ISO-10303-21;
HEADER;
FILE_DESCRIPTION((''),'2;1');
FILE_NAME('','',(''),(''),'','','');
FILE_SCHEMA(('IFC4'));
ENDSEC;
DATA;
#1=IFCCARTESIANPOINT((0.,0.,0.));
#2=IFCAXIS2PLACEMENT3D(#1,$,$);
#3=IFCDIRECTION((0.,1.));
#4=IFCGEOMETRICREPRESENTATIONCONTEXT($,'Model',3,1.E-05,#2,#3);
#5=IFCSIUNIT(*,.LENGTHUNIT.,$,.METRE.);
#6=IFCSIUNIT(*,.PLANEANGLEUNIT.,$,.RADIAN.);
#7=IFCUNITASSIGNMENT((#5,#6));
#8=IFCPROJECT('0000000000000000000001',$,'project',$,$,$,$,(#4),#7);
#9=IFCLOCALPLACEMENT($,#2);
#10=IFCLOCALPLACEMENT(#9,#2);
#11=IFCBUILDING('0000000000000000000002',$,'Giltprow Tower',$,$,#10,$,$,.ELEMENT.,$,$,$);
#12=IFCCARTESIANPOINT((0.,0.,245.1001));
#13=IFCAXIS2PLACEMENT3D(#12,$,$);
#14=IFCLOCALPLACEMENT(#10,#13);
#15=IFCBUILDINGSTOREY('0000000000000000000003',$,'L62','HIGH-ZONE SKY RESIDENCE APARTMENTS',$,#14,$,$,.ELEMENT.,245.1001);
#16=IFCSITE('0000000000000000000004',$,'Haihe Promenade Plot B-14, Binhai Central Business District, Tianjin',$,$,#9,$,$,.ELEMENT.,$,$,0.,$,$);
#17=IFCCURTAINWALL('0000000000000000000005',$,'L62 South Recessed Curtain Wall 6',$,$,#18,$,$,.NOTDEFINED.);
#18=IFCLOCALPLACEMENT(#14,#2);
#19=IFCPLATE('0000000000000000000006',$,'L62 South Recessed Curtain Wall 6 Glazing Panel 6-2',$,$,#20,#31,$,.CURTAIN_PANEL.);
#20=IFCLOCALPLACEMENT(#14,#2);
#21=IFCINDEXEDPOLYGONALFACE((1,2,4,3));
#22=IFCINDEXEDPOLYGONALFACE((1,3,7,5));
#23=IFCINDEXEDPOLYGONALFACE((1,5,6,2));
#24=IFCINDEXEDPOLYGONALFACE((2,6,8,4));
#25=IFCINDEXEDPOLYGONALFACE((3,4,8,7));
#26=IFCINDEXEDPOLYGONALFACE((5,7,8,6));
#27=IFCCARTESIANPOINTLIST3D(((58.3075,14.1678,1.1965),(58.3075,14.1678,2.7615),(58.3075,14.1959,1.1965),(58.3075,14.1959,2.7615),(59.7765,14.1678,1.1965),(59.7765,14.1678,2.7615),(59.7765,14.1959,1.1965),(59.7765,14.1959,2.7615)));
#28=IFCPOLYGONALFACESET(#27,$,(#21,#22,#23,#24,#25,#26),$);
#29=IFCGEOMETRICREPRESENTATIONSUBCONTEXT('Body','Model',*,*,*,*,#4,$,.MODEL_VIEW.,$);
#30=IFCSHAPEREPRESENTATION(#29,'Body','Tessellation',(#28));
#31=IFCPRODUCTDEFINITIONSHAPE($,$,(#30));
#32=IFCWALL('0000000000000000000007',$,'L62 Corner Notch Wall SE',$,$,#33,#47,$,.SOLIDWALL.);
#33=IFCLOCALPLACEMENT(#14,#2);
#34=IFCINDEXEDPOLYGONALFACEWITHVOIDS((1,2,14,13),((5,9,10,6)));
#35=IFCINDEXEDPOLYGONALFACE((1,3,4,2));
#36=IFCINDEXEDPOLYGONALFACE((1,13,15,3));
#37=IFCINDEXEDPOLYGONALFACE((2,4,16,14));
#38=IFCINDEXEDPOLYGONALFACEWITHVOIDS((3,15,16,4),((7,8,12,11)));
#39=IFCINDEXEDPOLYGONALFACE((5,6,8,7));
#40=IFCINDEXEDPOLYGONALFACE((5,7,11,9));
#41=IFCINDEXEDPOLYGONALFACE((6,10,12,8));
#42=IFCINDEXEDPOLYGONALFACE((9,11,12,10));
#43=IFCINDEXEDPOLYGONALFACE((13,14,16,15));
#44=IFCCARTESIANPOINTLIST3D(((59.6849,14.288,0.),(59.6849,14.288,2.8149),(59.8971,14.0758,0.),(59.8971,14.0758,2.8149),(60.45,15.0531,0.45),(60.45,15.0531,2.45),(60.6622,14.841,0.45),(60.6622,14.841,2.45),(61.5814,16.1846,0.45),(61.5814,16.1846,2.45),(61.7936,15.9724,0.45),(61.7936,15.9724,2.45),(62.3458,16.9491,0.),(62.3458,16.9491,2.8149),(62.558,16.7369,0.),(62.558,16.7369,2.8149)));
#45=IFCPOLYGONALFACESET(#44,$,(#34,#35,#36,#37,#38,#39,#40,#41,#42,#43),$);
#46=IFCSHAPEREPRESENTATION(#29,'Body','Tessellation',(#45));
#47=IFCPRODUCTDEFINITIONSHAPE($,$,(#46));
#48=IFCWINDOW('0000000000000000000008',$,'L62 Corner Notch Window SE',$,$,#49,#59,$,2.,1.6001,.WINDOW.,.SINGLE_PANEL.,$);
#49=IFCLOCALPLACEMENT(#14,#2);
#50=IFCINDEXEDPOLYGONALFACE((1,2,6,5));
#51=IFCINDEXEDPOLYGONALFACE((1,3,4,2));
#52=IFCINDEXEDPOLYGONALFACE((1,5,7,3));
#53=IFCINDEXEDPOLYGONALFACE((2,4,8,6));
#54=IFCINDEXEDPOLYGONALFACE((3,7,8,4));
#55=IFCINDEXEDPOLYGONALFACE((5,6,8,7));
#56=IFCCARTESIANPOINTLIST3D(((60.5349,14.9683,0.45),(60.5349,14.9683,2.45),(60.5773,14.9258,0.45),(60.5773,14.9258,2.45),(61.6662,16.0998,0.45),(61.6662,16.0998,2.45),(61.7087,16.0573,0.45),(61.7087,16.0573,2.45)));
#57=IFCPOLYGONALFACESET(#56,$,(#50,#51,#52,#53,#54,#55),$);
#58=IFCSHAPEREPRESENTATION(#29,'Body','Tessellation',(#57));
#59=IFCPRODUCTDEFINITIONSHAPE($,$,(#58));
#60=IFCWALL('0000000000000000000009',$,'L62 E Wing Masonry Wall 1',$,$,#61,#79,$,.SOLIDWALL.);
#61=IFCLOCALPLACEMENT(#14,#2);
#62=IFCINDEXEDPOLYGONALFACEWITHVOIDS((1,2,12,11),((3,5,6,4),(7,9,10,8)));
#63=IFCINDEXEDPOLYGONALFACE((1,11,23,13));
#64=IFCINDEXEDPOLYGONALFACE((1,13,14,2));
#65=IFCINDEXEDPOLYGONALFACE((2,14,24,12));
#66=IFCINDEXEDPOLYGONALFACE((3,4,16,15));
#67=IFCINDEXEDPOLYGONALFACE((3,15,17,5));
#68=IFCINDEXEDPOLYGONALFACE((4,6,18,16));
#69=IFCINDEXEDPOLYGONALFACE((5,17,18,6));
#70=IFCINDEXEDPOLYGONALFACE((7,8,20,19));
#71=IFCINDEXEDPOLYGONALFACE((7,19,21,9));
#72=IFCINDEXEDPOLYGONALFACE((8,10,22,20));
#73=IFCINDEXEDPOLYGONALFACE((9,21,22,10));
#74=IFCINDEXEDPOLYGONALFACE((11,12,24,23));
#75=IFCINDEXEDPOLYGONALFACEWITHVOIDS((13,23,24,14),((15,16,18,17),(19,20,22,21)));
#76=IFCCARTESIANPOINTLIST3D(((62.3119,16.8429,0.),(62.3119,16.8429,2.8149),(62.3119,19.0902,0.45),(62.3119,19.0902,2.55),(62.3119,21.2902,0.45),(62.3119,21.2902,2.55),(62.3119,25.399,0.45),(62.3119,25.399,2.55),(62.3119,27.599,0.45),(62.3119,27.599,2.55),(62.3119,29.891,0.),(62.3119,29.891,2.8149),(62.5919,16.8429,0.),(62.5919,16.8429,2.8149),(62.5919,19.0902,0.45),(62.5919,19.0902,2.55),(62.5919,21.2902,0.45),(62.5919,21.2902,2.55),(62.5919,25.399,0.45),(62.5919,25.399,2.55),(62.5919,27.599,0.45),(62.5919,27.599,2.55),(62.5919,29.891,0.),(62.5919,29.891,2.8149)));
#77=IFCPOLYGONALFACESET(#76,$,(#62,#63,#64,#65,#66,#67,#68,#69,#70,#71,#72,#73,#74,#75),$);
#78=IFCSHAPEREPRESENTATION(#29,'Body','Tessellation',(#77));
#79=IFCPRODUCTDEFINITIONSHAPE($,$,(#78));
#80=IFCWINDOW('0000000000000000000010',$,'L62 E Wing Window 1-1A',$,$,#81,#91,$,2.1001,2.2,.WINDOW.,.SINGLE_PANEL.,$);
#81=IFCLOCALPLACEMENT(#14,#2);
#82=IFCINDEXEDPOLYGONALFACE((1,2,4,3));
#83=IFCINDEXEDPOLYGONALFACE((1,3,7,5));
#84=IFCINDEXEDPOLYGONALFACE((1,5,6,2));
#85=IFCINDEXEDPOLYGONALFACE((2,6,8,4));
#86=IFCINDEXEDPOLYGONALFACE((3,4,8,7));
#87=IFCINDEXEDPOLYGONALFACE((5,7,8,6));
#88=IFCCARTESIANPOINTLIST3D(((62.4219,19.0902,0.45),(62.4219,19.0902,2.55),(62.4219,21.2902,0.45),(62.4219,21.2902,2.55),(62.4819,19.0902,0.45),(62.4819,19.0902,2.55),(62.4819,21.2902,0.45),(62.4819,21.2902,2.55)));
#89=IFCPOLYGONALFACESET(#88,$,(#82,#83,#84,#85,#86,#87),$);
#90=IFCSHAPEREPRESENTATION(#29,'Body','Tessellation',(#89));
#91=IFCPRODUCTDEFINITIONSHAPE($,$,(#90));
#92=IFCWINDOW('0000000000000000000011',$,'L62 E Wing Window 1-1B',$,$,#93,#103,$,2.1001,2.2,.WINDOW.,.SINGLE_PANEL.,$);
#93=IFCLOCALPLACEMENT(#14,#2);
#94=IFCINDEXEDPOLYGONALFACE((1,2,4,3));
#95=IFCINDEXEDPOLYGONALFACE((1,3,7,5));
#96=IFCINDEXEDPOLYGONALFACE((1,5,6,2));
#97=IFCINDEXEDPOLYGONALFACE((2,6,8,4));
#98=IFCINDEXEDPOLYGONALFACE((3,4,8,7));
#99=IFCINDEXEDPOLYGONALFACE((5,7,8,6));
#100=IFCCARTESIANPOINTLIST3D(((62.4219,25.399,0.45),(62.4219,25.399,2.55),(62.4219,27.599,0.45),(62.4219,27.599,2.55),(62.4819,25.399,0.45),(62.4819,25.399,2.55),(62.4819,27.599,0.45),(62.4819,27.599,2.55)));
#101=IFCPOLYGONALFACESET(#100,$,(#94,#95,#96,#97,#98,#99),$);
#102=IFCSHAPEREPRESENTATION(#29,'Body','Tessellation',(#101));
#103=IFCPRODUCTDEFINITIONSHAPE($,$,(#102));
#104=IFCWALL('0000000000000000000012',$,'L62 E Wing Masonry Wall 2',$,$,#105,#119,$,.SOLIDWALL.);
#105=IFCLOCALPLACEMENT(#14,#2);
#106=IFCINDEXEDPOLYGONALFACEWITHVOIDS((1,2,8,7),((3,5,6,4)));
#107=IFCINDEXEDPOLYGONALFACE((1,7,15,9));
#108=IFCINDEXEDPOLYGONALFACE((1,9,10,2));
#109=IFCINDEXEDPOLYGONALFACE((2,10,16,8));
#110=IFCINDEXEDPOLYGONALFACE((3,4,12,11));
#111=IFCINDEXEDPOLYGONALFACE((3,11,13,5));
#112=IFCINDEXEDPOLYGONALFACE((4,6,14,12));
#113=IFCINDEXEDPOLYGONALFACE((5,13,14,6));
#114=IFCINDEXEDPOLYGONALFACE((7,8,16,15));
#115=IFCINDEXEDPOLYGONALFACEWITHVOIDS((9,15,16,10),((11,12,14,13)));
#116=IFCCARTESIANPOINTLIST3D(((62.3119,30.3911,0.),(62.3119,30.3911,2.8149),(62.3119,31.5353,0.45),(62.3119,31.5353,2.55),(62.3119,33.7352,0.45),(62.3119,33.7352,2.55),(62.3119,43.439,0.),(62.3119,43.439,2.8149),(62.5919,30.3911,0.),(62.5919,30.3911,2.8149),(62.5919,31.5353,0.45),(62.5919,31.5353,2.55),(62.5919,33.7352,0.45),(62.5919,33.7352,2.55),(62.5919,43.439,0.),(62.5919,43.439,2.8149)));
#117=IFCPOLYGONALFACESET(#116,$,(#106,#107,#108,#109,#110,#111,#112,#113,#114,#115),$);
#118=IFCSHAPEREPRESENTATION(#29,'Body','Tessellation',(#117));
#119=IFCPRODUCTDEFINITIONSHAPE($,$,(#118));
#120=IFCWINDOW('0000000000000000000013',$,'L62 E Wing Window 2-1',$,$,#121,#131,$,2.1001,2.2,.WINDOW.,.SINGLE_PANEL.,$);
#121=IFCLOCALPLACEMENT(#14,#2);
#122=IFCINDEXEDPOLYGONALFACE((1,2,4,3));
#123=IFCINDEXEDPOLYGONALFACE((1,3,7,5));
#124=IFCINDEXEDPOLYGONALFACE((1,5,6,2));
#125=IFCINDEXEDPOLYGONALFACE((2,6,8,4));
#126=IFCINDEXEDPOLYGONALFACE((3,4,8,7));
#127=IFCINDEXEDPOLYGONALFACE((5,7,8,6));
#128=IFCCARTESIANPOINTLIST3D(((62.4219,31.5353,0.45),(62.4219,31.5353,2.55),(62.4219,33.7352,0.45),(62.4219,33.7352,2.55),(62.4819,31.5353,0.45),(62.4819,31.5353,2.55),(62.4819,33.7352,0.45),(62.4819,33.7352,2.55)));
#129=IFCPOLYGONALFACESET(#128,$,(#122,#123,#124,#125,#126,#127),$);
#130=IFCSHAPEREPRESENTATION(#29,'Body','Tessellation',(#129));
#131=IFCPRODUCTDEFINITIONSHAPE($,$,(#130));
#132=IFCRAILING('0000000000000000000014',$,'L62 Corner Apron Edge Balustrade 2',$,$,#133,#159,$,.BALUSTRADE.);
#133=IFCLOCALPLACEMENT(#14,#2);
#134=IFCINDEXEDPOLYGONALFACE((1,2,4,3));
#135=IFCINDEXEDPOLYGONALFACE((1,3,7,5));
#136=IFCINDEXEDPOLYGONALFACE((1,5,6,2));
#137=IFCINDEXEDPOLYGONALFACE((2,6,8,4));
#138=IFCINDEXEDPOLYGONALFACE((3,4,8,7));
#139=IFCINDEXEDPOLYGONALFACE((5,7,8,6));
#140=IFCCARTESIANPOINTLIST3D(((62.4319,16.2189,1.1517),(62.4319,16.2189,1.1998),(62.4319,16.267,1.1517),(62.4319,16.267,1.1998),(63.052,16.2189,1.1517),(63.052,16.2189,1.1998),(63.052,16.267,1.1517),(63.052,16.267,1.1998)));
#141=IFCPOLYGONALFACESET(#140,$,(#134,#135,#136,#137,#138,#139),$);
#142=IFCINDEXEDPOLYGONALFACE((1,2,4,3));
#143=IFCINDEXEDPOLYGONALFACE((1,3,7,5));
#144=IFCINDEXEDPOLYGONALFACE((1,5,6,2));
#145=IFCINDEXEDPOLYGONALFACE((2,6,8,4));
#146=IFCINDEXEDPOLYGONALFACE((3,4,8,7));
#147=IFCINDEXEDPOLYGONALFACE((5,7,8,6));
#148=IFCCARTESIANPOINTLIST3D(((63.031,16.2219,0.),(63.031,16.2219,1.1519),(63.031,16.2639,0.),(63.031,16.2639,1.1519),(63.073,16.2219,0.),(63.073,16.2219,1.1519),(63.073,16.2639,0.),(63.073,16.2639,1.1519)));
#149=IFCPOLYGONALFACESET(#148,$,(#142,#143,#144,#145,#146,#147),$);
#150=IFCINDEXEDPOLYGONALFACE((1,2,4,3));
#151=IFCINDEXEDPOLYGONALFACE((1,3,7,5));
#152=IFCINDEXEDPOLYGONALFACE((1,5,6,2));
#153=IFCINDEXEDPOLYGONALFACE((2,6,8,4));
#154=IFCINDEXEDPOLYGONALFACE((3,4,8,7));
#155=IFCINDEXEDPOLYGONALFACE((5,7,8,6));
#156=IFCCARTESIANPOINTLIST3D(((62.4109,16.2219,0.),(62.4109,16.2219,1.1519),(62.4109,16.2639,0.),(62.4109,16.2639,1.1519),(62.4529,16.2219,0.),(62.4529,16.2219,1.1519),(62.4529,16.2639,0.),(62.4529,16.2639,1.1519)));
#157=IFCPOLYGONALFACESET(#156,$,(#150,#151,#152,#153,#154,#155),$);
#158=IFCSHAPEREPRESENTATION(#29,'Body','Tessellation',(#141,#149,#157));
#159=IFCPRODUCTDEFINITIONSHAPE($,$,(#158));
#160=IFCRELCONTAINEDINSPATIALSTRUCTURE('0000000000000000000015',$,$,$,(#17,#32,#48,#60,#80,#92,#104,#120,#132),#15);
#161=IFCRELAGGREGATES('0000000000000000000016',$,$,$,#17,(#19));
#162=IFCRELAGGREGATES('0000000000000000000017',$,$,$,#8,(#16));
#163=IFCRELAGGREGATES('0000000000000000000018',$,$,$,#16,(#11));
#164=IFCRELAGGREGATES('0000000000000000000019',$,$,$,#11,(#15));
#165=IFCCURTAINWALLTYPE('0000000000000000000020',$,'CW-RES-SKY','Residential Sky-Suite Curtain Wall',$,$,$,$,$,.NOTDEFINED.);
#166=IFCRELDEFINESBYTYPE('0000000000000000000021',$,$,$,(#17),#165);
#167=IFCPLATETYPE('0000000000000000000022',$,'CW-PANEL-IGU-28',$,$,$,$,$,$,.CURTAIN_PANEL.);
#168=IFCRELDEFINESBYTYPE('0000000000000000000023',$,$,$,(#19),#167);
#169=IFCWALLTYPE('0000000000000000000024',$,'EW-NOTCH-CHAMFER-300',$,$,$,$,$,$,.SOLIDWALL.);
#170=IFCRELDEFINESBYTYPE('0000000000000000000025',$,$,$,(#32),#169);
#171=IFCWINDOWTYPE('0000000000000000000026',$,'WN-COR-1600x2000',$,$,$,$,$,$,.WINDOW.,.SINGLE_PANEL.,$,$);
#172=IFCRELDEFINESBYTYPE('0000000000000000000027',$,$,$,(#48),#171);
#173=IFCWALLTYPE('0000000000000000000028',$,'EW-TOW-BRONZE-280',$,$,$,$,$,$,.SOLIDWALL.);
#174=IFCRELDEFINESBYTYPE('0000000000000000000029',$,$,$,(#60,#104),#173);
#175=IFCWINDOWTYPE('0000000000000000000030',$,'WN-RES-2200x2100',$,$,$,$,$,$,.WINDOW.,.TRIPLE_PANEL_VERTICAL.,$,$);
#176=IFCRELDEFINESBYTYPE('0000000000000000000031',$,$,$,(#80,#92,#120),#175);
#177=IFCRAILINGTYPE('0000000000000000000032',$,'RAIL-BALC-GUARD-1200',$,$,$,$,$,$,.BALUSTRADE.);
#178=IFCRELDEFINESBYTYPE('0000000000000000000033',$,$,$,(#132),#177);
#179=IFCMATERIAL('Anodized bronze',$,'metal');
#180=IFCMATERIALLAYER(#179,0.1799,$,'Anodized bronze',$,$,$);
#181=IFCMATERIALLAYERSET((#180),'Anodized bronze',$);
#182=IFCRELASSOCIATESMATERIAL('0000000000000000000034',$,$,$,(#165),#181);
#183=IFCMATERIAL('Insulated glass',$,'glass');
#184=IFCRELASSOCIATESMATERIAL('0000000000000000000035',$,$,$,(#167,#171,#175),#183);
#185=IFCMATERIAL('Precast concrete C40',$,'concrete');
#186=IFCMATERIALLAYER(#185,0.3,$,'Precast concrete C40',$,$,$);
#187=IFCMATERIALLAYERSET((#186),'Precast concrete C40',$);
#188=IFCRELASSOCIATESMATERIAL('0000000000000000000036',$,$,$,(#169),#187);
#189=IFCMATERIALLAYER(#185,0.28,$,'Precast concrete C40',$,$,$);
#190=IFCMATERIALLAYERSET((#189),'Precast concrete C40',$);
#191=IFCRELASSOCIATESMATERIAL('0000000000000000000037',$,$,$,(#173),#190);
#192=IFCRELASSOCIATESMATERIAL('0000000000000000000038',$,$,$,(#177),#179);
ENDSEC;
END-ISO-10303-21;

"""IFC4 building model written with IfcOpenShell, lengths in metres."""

from ifc_helpers import new_model, si_unit, direction, frame, frame_2d, origin, origin_2d, place, context, subcontext, project, spatial, rectangle, extrude, source, transform, mapped, material, layer, layer_set, type_object, element, fill, aggregate, save


model = new_model("IFC4")

# Units and contexts
model_context = context("Model", 3, precision=1e-05, world=origin(), true_north=direction((0.0, 1.0)))
body_context = subcontext(model_context, "Body", "Model", "MODEL_VIEW")
ifc_project = project(units=[si_unit("LENGTHUNIT", "METRE"), si_unit("PLANEANGLEUNIT", "RADIAN")], contexts=[model_context])

# Site, building, storey
site_placement = place(None, origin())
site = spatial("IfcSite", under=ifc_project, at=site_placement, Name="Haihe Promenade Plot B-14, Binhai Central Business District, Tianjin", CompositionType="ELEMENT", RefElevation=0.0)
building_placement = place(site_placement, origin())
building = spatial("IfcBuilding", under=site, at=building_placement, Name="Giltprow Tower", CompositionType="ELEMENT")
storey_placement = place(building_placement, frame((0.0, 0.0, 245.1001)))
storey = spatial("IfcBuildingStorey", under=building, at=storey_placement, Name="L62", Description="HIGH-ZONE SKY RESIDENCE APARTMENTS", CompositionType="ELEMENT", Elevation=245.1001)

# Curtain wall
ifc_material_1 = material(Name="Anodized bronze", Category="metal")
ifc_layer_1 = layer(ifc_material_1, 0.1799, Name="Anodized bronze")
ifc_layer_set_1 = layer_set([ifc_layer_1], Name="Anodized bronze")
curtain_wall_type = type_object("IfcCurtainWallType", Name="CW-RES-SKY", Description="Residential Sky-Suite Curtain Wall", PredefinedType="NOTDEFINED", material=ifc_layer_set_1)
curtain_wall_placement = place(storey_placement, origin())
curtain_wall = element("IfcCurtainWall", 1, at=curtain_wall_placement, inside=storey, type_object=curtain_wall_type, Name="L62 South Recessed Curtain Wall 6", PredefinedType="NOTDEFINED")

# Plate
ifc_material_2 = material(Name="Insulated glass", Category="glass")
plate_type_1 = type_object("IfcPlateType", Name="CW-PANEL-IGU-28", PredefinedType="CURTAIN_PANEL", material=ifc_material_2)
shared_shape_1 = source(origin(), body_context, "Body", "SweptSolid", [
    extrude(rectangle(XDim=1.469, YDim=0.0281, at=origin_2d()), origin(), (0.0, 0.0, 1.0), 1.5649),
])
plate_1_placement = place(storey_placement, frame((59.042, 14.1819, 1.1965), z_axis=(0.0, 0.0, 1.0), x_axis=(1.0, 0.0, 0.0)))
plate_1 = element("IfcPlate", 2, at=plate_1_placement, type_object=plate_type_1, Name="L62 South Recessed Curtain Wall 6 Glazing Panel 6-2", PredefinedType="CURTAIN_PANEL", context=body_context, shape_type="MappedRepresentation", body=[
    mapped(shared_shape_1, transform((0.0, 0.0, 0.0), x_axis=(1.0, 0.0, 0.0), y_axis=(0.0, 1.0, 0.0), z_axis=(0.0, 0.0, 1.0), scale=1.0)),
])
aggregate(curtain_wall, [plate_1])

# Wall, opening, window
ifc_material_3 = material(Name="Precast concrete C40", Category="concrete")
ifc_layer_2 = layer(ifc_material_3, 0.3, Name="Precast concrete C40")
ifc_layer_set_2 = layer_set([ifc_layer_2], Name="Precast concrete C40")
wall_type_1 = type_object("IfcWallType", Name="EW-NOTCH-CHAMFER-300", PredefinedType="SOLIDWALL", material=ifc_layer_set_2)
wall_1_placement = place(storey_placement, frame((59.791, 14.1819, 0.0), z_axis=(0.0, 0.0, 1.0), x_axis=(0.707074, 0.707139, 0.0)))
wall_1 = element("IfcWall", 3, at=wall_1_placement, inside=storey, type_object=wall_type_1, Name="L62 Corner Notch Wall SE", PredefinedType="SOLIDWALL", context=body_context, shape_type="SweptSolid", body=[
    extrude(rectangle(XDim=3.7632, YDim=0.3, at=frame_2d((1.8816, 0.0))), origin(), (0.0, 0.0, 1.0), 2.8149),
])
opening_1_placement = place(wall_1_placement, frame((1.082, 0.0, 0.45)))
opening_1 = element("IfcOpeningElement", 4, at=opening_1_placement, cuts=wall_1, PredefinedType="OPENING", context=body_context, shape_type="SweptSolid", body=[
    extrude(rectangle(XDim=1.6001, YDim=2.0, at=frame_2d((0.8, 1.0))), frame((0.0, 0.1599, 0.0), z_axis=(0.0, -1.0, 0.0), x_axis=(1.0, 0.0, 0.0)), (0.0, 0.0, 1.0), 0.3201),
])
window_type_1 = type_object("IfcWindowType", Name="WN-COR-1600x2000", PartitioningType="SINGLE_PANEL", PredefinedType="WINDOW", material=ifc_material_2)
shared_shape_2 = source(origin(), body_context, "Body", "SweptSolid", [
    extrude(rectangle(XDim=1.6001, YDim=2.0, at=frame_2d((0.8, 1.0))), frame((0.0, 0.03, 0.0), z_axis=(0.0, -1.0, 0.0), x_axis=(1.0, 0.0, 0.0)), (0.0, 0.0, 1.0), 0.0601),
])
window_1_placement = place(opening_1_placement, origin())
window_1 = element("IfcWindow", 5, at=window_1_placement, inside=storey, type_object=window_type_1, Name="L62 Corner Notch Window SE", OverallHeight=2.0, OverallWidth=1.6001, PartitioningType="SINGLE_PANEL", PredefinedType="WINDOW", context=body_context, shape_type="MappedRepresentation", body=[
    mapped(shared_shape_2, transform((0.0, 0.0, 0.0), x_axis=(1.0, 0.0, 0.0), y_axis=(0.0, 1.0, 0.0), z_axis=(0.0, 0.0, 1.0), scale=1.0)),
])
fill(opening_1, window_1)

# Wall, openings, windows
ifc_layer_3 = layer(ifc_material_3, 0.28, Name="Precast concrete C40")
ifc_layer_set_3 = layer_set([ifc_layer_3], Name="Precast concrete C40")
wall_type_2 = type_object("IfcWallType", Name="EW-TOW-BRONZE-280", PredefinedType="SOLIDWALL", material=ifc_layer_set_3)
wall_2_placement = place(storey_placement, frame((62.4519, 16.843, 0.0), z_axis=(0.0, 0.0, 1.0), x_axis=(0.0, 1.0, 0.0)))
wall_2 = element("IfcWall", 6, at=wall_2_placement, inside=storey, type_object=wall_type_2, Name="L62 E Wing Masonry Wall 1", PredefinedType="SOLIDWALL", context=body_context, shape_type="SweptSolid", body=[
    extrude(rectangle(XDim=13.0481, YDim=0.28, at=frame_2d((6.5239, 0.0))), origin(), (0.0, 0.0, 1.0), 2.8149),
])
opening_2_placement = place(wall_2_placement, frame((2.2471, 0.0, 0.45)))
opening_2 = element("IfcOpeningElement", 7, at=opening_2_placement, cuts=wall_2, PredefinedType="OPENING", context=body_context, shape_type="SweptSolid", body=[
    extrude(rectangle(XDim=2.2, YDim=2.1001, at=frame_2d((1.1001, 1.05))), frame((0.0, 0.1499, 0.0), z_axis=(0.0, -1.0, 0.0), x_axis=(1.0, 0.0, 0.0)), (0.0, 0.0, 1.0), 0.3),
])
opening_3_placement = place(wall_2_placement, frame((8.5559, 0.0, 0.45)))
opening_3 = element("IfcOpeningElement", 8, at=opening_3_placement, cuts=wall_2, PredefinedType="OPENING", context=body_context, shape_type="SweptSolid", body=[
    extrude(rectangle(XDim=2.2, YDim=2.1001, at=frame_2d((1.1001, 1.05))), frame((0.0, 0.1499, 0.0), z_axis=(0.0, -1.0, 0.0), x_axis=(1.0, 0.0, 0.0)), (0.0, 0.0, 1.0), 0.3),
])
window_type_2 = type_object("IfcWindowType", Name="WN-RES-2200x2100", PartitioningType="TRIPLE_PANEL_VERTICAL", PredefinedType="WINDOW", material=ifc_material_2)
shared_shape_3 = source(origin(), body_context, "Body", "SweptSolid", [
    extrude(rectangle(XDim=2.2, YDim=2.1001, at=frame_2d((1.1001, 1.05))), frame((0.0, 0.03, 0.0), z_axis=(0.0, -1.0, 0.0), x_axis=(1.0, 0.0, 0.0)), (0.0, 0.0, 1.0), 0.0601),
])
window_2_placement = place(opening_2_placement, origin())
window_2 = element("IfcWindow", 9, at=window_2_placement, inside=storey, type_object=window_type_2, Name="L62 E Wing Window 1-1A", OverallHeight=2.1001, OverallWidth=2.2, PartitioningType="SINGLE_PANEL", PredefinedType="WINDOW", context=body_context, shape_type="MappedRepresentation", body=[
    mapped(shared_shape_3, transform((0.0, 0.0, 0.0), x_axis=(1.0, 0.0, 0.0), y_axis=(0.0, 1.0, 0.0), z_axis=(0.0, 0.0, 1.0), scale=1.0)),
])
fill(opening_2, window_2)
window_3_placement = place(opening_3_placement, origin())
window_3 = element("IfcWindow", 10, at=window_3_placement, inside=storey, type_object=window_type_2, Name="L62 E Wing Window 1-1B", OverallHeight=2.1001, OverallWidth=2.2, PartitioningType="SINGLE_PANEL", PredefinedType="WINDOW", context=body_context, shape_type="MappedRepresentation", body=[
    mapped(shared_shape_3, transform((0.0, 0.0, 0.0), x_axis=(1.0, 0.0, 0.0), y_axis=(0.0, 1.0, 0.0), z_axis=(0.0, 0.0, 1.0), scale=1.0)),
])
fill(opening_3, window_3)

# Wall, opening, window
wall_3_placement = place(storey_placement, frame((62.4519, 30.3911, 0.0), z_axis=(0.0, 0.0, 1.0), x_axis=(0.0, 1.0, 0.0)))
wall_3 = element("IfcWall", 11, at=wall_3_placement, inside=storey, type_object=wall_type_2, Name="L62 E Wing Masonry Wall 2", PredefinedType="SOLIDWALL", context=body_context, shape_type="SweptSolid", body=[
    extrude(rectangle(XDim=13.0479, YDim=0.28, at=frame_2d((6.5239, 0.0))), origin(), (0.0, 0.0, 1.0), 2.8149),
])
opening_4_placement = place(wall_3_placement, frame((1.144, 0.0, 0.45)))
opening_4 = element("IfcOpeningElement", 12, at=opening_4_placement, cuts=wall_3, PredefinedType="OPENING", context=body_context, shape_type="SweptSolid", body=[
    extrude(rectangle(XDim=2.2, YDim=2.1001, at=frame_2d((1.1001, 1.05))), frame((0.0, 0.1499, 0.0), z_axis=(0.0, -1.0, 0.0), x_axis=(1.0, 0.0, 0.0)), (0.0, 0.0, 1.0), 0.3),
])
window_4_placement = place(opening_4_placement, origin())
window_4 = element("IfcWindow", 13, at=window_4_placement, inside=storey, type_object=window_type_2, Name="L62 E Wing Window 2-1", OverallHeight=2.1001, OverallWidth=2.2, PartitioningType="SINGLE_PANEL", PredefinedType="WINDOW", context=body_context, shape_type="MappedRepresentation", body=[
    mapped(shared_shape_3, transform((0.0, 0.0, 0.0), x_axis=(1.0, 0.0, 0.0), y_axis=(0.0, 1.0, 0.0), z_axis=(0.0, 0.0, 1.0), scale=1.0)),
])
fill(opening_4, window_4)

# Railing
railing_type = type_object("IfcRailingType", Name="RAIL-BALC-GUARD-1200", PredefinedType="BALUSTRADE", material=ifc_material_1)
railing_1_placement = place(storey_placement, frame((63.052, 16.2429, 0.0)))
element("IfcRailing", 14, at=railing_1_placement, inside=storey, type_object=railing_type, Name="L62 Corner Apron Edge Balustrade 2", PredefinedType="BALUSTRADE", context=body_context, shape_type="SweptSolid", body=[
    extrude(rectangle(XDim=0.0481, YDim=0.0481, at=origin_2d()), frame((0.0, 0.0, 1.1758), z_axis=(-1.0, 0.0, 0.0), x_axis=(0.0, -1.0, 0.0)), (0.0, 0.0, 1.0), 0.6201),
    extrude(rectangle(XDim=0.042, YDim=0.042, at=origin_2d()), origin(), (0.0, 0.0, 1.0), 1.1519),
    extrude(rectangle(XDim=0.042, YDim=0.042, at=origin_2d()), frame((-0.6201, 0.0, 0.0)), (0.0, 0.0, 1.0), 1.1519),
])

save(model, "model.ifc")
